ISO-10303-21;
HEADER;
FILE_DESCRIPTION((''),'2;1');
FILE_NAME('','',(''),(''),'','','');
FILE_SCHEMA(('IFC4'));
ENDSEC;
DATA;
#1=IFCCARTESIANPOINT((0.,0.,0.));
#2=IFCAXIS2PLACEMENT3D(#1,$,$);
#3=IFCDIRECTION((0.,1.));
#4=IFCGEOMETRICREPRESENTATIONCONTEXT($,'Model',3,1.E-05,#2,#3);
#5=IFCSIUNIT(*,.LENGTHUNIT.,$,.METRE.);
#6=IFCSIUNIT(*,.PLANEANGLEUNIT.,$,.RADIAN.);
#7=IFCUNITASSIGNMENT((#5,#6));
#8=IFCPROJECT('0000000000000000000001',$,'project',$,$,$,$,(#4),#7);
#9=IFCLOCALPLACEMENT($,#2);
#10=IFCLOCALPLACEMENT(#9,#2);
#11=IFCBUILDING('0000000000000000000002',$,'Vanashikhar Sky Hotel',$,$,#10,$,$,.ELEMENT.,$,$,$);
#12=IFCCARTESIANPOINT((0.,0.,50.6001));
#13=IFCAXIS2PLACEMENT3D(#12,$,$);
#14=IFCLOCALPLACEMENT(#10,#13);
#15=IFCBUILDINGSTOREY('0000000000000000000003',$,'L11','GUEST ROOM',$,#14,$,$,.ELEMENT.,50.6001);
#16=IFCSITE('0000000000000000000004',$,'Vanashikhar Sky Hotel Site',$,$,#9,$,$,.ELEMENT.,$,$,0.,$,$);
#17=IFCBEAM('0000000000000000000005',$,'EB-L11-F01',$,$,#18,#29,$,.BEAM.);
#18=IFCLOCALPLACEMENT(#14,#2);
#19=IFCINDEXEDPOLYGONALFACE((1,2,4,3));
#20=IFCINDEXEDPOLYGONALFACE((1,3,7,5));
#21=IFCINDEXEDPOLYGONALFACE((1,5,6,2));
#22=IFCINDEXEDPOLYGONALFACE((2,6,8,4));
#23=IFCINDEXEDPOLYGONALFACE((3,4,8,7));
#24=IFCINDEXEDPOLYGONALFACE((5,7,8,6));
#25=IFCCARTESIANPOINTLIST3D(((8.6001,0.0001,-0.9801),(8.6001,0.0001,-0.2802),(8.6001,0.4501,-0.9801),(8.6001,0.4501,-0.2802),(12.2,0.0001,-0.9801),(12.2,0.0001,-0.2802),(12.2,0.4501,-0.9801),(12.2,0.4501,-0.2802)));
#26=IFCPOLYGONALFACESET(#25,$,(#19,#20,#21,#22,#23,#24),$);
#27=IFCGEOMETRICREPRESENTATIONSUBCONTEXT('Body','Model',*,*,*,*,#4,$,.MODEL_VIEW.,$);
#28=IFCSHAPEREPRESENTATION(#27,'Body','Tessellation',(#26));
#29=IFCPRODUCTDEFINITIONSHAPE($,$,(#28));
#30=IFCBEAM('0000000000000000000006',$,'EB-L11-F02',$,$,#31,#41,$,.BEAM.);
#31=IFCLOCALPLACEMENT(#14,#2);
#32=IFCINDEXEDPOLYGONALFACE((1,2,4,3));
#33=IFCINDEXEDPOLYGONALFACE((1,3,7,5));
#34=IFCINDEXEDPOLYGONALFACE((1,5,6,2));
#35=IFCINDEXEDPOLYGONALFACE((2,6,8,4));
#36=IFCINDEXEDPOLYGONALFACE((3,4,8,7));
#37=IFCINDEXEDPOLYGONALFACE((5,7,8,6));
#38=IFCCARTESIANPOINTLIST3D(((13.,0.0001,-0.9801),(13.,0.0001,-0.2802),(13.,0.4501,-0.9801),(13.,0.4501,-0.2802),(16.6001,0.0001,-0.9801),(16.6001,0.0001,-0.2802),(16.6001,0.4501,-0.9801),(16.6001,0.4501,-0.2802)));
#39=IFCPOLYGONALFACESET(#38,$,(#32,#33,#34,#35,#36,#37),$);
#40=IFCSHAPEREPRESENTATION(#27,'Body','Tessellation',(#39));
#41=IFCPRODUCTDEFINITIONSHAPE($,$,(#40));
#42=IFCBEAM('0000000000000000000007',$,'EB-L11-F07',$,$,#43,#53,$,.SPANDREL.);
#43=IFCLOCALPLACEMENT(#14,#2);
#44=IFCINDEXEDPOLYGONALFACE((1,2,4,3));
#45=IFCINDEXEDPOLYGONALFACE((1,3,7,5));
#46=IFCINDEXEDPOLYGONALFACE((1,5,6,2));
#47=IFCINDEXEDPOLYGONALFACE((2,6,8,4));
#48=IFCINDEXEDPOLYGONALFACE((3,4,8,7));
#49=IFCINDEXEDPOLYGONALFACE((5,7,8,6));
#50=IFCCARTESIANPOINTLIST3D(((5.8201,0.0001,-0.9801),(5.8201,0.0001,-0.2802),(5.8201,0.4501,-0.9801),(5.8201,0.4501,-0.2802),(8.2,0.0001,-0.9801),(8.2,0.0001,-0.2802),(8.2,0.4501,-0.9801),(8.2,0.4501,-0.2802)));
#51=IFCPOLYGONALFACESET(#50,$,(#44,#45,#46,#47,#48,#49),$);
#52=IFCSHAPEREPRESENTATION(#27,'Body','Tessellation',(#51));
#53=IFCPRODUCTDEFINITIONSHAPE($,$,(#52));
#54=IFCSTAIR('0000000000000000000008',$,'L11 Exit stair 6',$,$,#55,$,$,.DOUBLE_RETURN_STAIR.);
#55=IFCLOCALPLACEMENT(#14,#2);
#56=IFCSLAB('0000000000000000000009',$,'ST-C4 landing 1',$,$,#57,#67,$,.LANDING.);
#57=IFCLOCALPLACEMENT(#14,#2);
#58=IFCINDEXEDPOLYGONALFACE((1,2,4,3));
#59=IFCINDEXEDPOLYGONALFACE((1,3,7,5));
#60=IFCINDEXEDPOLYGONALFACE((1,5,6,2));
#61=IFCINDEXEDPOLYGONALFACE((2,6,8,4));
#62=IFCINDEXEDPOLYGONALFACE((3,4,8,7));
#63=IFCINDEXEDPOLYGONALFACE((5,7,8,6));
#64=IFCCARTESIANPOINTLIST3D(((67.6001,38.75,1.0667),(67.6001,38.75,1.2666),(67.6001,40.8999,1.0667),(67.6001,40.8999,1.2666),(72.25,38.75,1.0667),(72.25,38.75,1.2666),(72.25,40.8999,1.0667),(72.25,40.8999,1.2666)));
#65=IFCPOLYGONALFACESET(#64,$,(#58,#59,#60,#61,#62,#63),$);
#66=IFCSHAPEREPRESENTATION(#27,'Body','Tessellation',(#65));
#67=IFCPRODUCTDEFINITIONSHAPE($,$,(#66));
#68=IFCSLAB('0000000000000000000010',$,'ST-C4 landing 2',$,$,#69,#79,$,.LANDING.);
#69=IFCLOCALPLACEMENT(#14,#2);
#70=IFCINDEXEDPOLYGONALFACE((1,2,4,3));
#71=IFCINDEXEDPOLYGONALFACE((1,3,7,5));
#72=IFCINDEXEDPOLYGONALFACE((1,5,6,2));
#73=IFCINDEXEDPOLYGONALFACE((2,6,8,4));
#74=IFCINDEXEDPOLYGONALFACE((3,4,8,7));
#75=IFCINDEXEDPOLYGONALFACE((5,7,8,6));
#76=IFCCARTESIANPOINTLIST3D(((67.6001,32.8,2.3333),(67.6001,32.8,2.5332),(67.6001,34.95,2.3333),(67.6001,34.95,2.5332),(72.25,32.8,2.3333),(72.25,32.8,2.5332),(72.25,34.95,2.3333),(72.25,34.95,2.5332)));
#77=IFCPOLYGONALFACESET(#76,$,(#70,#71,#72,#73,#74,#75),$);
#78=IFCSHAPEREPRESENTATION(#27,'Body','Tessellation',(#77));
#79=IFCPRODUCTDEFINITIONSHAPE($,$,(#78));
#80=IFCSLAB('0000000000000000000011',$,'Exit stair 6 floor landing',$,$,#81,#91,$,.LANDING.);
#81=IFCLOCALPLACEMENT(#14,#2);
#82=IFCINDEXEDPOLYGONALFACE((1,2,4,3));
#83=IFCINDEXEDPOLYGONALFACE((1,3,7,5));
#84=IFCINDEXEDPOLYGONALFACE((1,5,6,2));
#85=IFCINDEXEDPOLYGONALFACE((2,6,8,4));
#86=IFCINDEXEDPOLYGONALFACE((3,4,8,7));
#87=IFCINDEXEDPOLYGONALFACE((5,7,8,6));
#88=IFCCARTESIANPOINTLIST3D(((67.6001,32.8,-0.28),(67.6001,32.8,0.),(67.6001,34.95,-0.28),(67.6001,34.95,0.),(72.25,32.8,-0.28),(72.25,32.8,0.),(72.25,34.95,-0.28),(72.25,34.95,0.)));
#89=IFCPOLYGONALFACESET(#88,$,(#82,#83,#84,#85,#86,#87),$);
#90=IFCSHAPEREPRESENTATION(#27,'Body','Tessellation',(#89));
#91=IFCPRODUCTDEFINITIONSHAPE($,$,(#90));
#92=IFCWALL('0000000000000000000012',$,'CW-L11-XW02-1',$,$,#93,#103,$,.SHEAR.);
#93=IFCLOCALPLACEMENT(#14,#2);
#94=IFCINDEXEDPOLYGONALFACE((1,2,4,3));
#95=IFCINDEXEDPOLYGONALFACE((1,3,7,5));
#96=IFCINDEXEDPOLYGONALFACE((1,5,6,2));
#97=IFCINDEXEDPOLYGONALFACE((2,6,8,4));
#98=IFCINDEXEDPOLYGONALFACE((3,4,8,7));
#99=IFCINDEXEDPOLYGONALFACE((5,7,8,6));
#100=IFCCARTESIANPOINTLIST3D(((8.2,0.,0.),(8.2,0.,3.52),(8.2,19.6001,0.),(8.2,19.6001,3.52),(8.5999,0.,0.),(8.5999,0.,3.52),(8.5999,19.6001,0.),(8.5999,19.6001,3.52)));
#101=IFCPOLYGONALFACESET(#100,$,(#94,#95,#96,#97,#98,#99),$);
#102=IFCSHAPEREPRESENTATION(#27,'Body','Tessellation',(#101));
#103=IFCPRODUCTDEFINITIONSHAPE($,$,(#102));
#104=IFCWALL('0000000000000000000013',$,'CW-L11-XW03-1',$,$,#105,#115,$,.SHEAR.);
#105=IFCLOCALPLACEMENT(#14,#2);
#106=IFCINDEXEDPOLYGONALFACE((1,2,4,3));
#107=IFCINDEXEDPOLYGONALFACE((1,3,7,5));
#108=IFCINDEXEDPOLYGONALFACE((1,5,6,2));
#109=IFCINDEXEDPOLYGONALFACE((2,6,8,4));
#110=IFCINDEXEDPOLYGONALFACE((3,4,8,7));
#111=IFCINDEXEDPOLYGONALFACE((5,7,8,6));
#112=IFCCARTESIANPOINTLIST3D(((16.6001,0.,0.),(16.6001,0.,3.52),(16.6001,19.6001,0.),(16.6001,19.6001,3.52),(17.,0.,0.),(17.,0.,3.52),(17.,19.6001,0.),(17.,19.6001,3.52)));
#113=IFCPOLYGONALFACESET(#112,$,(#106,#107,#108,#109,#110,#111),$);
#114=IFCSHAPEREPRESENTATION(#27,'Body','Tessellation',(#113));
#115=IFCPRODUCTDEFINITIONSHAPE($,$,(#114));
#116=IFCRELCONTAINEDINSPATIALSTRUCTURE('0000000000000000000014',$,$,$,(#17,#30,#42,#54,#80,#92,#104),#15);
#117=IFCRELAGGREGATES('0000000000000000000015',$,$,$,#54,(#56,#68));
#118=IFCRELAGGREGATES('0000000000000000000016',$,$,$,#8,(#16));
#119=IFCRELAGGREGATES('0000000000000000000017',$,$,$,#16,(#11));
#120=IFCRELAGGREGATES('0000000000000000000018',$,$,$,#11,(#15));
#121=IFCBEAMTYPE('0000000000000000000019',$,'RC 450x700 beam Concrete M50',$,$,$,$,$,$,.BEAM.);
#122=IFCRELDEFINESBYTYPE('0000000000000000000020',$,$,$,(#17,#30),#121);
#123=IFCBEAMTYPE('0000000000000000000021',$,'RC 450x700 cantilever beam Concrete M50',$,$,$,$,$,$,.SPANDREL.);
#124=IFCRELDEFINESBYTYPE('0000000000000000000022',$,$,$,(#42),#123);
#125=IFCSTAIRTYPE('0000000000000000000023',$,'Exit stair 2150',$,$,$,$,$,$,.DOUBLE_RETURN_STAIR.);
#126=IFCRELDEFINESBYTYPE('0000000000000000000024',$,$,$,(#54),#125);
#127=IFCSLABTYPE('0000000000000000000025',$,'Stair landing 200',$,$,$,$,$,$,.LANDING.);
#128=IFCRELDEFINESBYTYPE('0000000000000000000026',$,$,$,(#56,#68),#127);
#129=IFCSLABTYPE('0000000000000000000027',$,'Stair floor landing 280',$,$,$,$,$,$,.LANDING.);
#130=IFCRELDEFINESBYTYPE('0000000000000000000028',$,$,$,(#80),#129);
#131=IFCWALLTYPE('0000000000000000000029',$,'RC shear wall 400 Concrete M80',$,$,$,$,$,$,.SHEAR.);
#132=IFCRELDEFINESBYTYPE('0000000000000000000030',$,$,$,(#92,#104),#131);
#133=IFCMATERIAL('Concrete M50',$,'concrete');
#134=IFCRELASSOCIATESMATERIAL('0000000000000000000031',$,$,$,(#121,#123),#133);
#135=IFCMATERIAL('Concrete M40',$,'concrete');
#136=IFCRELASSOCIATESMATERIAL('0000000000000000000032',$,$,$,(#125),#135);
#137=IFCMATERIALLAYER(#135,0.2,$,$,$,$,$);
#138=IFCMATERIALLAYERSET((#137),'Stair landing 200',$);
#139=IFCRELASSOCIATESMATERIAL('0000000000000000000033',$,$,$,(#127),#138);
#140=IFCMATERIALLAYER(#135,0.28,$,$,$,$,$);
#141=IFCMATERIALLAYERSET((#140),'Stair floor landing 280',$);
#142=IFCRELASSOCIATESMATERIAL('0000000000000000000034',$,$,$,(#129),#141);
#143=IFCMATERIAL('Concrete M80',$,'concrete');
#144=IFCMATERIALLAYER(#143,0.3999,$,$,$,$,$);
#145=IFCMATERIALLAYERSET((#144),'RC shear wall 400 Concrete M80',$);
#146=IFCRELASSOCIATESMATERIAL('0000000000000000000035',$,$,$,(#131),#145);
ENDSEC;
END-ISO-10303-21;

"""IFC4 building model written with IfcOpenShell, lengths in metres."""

from ifc_helpers import new_model, si_unit, direction, frame, frame_2d, origin, origin_2d, place, context, subcontext, project, spatial, polyline, rectangle, outline, extrude, source, transform, mapped, material, layer, layer_set, material_profile, profile_set, type_object, element, aggregate, save


model = new_model("IFC4")

# Units and contexts
model_context = context("Model", 3, precision=1e-05, world=origin(), true_north=direction((0.0, 1.0)))
body_context = subcontext(model_context, "Body", "Model", "MODEL_VIEW")
ifc_project = project(units=[si_unit("LENGTHUNIT", "METRE"), si_unit("PLANEANGLEUNIT", "RADIAN")], contexts=[model_context])

# Site, building, storey
site_placement = place(None, origin())
site = spatial("IfcSite", under=ifc_project, at=site_placement, Name="Vanashikhar Sky Hotel Site", CompositionType="ELEMENT", RefElevation=0.0)
building_placement = place(site_placement, origin())
building = spatial("IfcBuilding", under=site, at=building_placement, Name="Vanashikhar Sky Hotel", CompositionType="ELEMENT")
storey_placement = place(building_placement, frame((0.0, 0.0, 50.6001)))
storey = spatial("IfcBuildingStorey", under=building, at=storey_placement, Name="L11", Description="GUEST ROOM", CompositionType="ELEMENT", Elevation=50.6001)

# Beams
ifc_material_1 = material(Name="Concrete M50", Category="concrete")
ifc_material_profile_1 = material_profile(ifc_material_1, rectangle(XDim=0.45, YDim=0.7, at=origin_2d()))
ifc_profile_set_1 = profile_set([ifc_material_profile_1], Name="RC 450x700 beam Concrete M50")
beam_type_1 = type_object("IfcBeamType", Name="RC 450x700 beam Concrete M50", PredefinedType="BEAM", material=ifc_profile_set_1)
shared_shape_1 = source(origin(), body_context, "Body", "SweptSolid", [
    extrude(rectangle(XDim=0.45, YDim=0.7, at=origin_2d()), origin(), (0.0, 0.0, 1.0), 3.5999),
])
beam_1_placement = place(storey_placement, frame((8.6001, 0.2251, -0.6301), z_axis=(1.0, 0.0, 0.0), x_axis=(0.0, 1.0, 0.0)))
element("IfcBeam", 1, at=beam_1_placement, inside=storey, type_object=beam_type_1, Name="EB-L11-F01", PredefinedType="BEAM", context=body_context, shape_type="MappedRepresentation", body=[
    mapped(shared_shape_1, transform((0.0, 0.0, 0.0), scale=1.0)),
])
shared_shape_2 = source(origin(), body_context, "Body", "SweptSolid", [
    extrude(rectangle(XDim=0.45, YDim=0.7, at=origin_2d()), origin(), (0.0, 0.0, 1.0), 3.6001),
])
beam_2_placement = place(storey_placement, frame((13.0, 0.2251, -0.6301), z_axis=(1.0, 0.0, 0.0), x_axis=(0.0, 1.0, 0.0)))
element("IfcBeam", 2, at=beam_2_placement, inside=storey, type_object=beam_type_1, Name="EB-L11-F02", PredefinedType="BEAM", context=body_context, shape_type="MappedRepresentation", body=[
    mapped(shared_shape_2, transform((0.0, 0.0, 0.0), scale=1.0)),
])
ifc_material_profile_2 = material_profile(ifc_material_1, rectangle(XDim=0.45, YDim=0.7, at=origin_2d()))
ifc_profile_set_2 = profile_set([ifc_material_profile_2], Name="RC 450x700 cantilever beam Concrete M50")
beam_type_2 = type_object("IfcBeamType", Name="RC 450x700 cantilever beam Concrete M50", PredefinedType="SPANDREL", material=ifc_profile_set_2)
shared_shape_3 = source(origin(), body_context, "Body", "SweptSolid", [
    extrude(rectangle(XDim=0.45, YDim=0.7, at=origin_2d()), origin(), (0.0, 0.0, 1.0), 2.3799),
])
beam_3_placement = place(storey_placement, frame((5.8201, 0.2251, -0.6301), z_axis=(1.0, 0.0, 0.0), x_axis=(0.0, 1.0, 0.0)))
element("IfcBeam", 3, at=beam_3_placement, inside=storey, type_object=beam_type_2, Name="EB-L11-F07", PredefinedType="SPANDREL", context=body_context, shape_type="MappedRepresentation", body=[
    mapped(shared_shape_3, transform((0.0, 0.0, 0.0), scale=1.0)),
])

# Stair, slabs
ifc_material_2 = material(Name="Concrete M40", Category="concrete")
stair_type = type_object("IfcStairType", Name="Exit stair 2150", PredefinedType="DOUBLE_RETURN_STAIR", material=ifc_material_2)
stair_placement = place(storey_placement, origin())
stair = element("IfcStair", 4, at=stair_placement, inside=storey, type_object=stair_type, Name="L11 Exit stair 6", PredefinedType="DOUBLE_RETURN_STAIR")
ifc_layer_1 = layer(ifc_material_2, 0.2)
ifc_layer_set_1 = layer_set([ifc_layer_1], Name="Stair landing 200")
slab_type_1 = type_object("IfcSlabType", Name="Stair landing 200", PredefinedType="LANDING", material=ifc_layer_set_1)
shared_shape_4 = source(origin(), body_context, "Body", "SweptSolid", [
    extrude(outline(polyline([(72.25, 38.75), (72.25, 40.8999), (67.6001, 40.8999), (67.6001, 38.75), (72.25, 38.75)])), origin(), (0.0, 0.0, 1.0), 0.2),
])
slab_1_placement = place(storey_placement, frame((0.0, 0.0, 1.0667)))
slab_1 = element("IfcSlab", 5, at=slab_1_placement, type_object=slab_type_1, Name="ST-C4 landing 1", PredefinedType="LANDING", context=body_context, shape_type="MappedRepresentation", body=[
    mapped(shared_shape_4, transform((0.0, 0.0, 0.0), scale=1.0)),
])
shared_shape_5 = source(origin(), body_context, "Body", "SweptSolid", [
    extrude(outline(polyline([(72.25, 32.8), (72.25, 34.95), (67.6001, 34.95), (67.6001, 32.8), (72.25, 32.8)])), origin(), (0.0, 0.0, 1.0), 0.2),
])
slab_2_placement = place(storey_placement, frame((0.0, 0.0, 2.3333)))
slab_2 = element("IfcSlab", 6, at=slab_2_placement, type_object=slab_type_1, Name="ST-C4 landing 2", PredefinedType="LANDING", context=body_context, shape_type="MappedRepresentation", body=[
    mapped(shared_shape_5, transform((0.0, 0.0, 0.0), scale=1.0)),
])
aggregate(stair, [slab_1, slab_2])

# Slab
ifc_layer_2 = layer(ifc_material_2, 0.28)
ifc_layer_set_2 = layer_set([ifc_layer_2], Name="Stair floor landing 280")
slab_type_2 = type_object("IfcSlabType", Name="Stair floor landing 280", PredefinedType="LANDING", material=ifc_layer_set_2)
shared_shape_6 = source(origin(), body_context, "Body", "SweptSolid", [
    extrude(outline(polyline([(72.25, 32.8), (72.25, 34.95), (67.6001, 34.95), (67.6001, 32.8), (72.25, 32.8)])), origin(), (0.0, 0.0, 1.0), 0.28),
])
slab_3_placement = place(storey_placement, frame((0.0, 0.0, -0.28)))
element("IfcSlab", 7, at=slab_3_placement, inside=storey, type_object=slab_type_2, Name="Exit stair 6 floor landing", PredefinedType="LANDING", context=body_context, shape_type="MappedRepresentation", body=[
    mapped(shared_shape_6, transform((0.0, 0.0, 0.0), scale=1.0)),
])

# Walls
ifc_material_3 = material(Name="Concrete M80", Category="concrete")
ifc_layer_3 = layer(ifc_material_3, 0.3999)
ifc_layer_set_3 = layer_set([ifc_layer_3], Name="RC shear wall 400 Concrete M80")
wall_type_1 = type_object("IfcWallType", Name="RC shear wall 400 Concrete M80", PredefinedType="SHEAR", material=ifc_layer_set_3)
shared_shape_7 = source(origin(), body_context, "Body", "SweptSolid", [
    extrude(rectangle(XDim=19.6001, YDim=0.3999, at=frame_2d((9.8, 0.0))), origin(), (0.0, 0.0, 1.0), 3.52),
])
for number, where, z_axis, x_axis, name in (
    (8, (8.3999, 0.0, 0.0), (0.0, 0.0, 1.0), (0.0, 1.0, 0.0), "CW-L11-XW02-1"),
    (9, (16.8, 0.0, 0.0), (0.0, 0.0, 1.0), (0.0, 1.0, 0.0), "CW-L11-XW03-1"),
):
    element("IfcWall", number, at=place(storey_placement, frame(where, z_axis=z_axis, x_axis=x_axis)), inside=storey, type_object=wall_type_1, Name=name, PredefinedType="SHEAR", context=body_context, shape_type="MappedRepresentation", body=[
        mapped(shared_shape_7, transform((0.0, 0.0, 0.0), scale=1.0)),
    ])

save(model, "model.ifc")
